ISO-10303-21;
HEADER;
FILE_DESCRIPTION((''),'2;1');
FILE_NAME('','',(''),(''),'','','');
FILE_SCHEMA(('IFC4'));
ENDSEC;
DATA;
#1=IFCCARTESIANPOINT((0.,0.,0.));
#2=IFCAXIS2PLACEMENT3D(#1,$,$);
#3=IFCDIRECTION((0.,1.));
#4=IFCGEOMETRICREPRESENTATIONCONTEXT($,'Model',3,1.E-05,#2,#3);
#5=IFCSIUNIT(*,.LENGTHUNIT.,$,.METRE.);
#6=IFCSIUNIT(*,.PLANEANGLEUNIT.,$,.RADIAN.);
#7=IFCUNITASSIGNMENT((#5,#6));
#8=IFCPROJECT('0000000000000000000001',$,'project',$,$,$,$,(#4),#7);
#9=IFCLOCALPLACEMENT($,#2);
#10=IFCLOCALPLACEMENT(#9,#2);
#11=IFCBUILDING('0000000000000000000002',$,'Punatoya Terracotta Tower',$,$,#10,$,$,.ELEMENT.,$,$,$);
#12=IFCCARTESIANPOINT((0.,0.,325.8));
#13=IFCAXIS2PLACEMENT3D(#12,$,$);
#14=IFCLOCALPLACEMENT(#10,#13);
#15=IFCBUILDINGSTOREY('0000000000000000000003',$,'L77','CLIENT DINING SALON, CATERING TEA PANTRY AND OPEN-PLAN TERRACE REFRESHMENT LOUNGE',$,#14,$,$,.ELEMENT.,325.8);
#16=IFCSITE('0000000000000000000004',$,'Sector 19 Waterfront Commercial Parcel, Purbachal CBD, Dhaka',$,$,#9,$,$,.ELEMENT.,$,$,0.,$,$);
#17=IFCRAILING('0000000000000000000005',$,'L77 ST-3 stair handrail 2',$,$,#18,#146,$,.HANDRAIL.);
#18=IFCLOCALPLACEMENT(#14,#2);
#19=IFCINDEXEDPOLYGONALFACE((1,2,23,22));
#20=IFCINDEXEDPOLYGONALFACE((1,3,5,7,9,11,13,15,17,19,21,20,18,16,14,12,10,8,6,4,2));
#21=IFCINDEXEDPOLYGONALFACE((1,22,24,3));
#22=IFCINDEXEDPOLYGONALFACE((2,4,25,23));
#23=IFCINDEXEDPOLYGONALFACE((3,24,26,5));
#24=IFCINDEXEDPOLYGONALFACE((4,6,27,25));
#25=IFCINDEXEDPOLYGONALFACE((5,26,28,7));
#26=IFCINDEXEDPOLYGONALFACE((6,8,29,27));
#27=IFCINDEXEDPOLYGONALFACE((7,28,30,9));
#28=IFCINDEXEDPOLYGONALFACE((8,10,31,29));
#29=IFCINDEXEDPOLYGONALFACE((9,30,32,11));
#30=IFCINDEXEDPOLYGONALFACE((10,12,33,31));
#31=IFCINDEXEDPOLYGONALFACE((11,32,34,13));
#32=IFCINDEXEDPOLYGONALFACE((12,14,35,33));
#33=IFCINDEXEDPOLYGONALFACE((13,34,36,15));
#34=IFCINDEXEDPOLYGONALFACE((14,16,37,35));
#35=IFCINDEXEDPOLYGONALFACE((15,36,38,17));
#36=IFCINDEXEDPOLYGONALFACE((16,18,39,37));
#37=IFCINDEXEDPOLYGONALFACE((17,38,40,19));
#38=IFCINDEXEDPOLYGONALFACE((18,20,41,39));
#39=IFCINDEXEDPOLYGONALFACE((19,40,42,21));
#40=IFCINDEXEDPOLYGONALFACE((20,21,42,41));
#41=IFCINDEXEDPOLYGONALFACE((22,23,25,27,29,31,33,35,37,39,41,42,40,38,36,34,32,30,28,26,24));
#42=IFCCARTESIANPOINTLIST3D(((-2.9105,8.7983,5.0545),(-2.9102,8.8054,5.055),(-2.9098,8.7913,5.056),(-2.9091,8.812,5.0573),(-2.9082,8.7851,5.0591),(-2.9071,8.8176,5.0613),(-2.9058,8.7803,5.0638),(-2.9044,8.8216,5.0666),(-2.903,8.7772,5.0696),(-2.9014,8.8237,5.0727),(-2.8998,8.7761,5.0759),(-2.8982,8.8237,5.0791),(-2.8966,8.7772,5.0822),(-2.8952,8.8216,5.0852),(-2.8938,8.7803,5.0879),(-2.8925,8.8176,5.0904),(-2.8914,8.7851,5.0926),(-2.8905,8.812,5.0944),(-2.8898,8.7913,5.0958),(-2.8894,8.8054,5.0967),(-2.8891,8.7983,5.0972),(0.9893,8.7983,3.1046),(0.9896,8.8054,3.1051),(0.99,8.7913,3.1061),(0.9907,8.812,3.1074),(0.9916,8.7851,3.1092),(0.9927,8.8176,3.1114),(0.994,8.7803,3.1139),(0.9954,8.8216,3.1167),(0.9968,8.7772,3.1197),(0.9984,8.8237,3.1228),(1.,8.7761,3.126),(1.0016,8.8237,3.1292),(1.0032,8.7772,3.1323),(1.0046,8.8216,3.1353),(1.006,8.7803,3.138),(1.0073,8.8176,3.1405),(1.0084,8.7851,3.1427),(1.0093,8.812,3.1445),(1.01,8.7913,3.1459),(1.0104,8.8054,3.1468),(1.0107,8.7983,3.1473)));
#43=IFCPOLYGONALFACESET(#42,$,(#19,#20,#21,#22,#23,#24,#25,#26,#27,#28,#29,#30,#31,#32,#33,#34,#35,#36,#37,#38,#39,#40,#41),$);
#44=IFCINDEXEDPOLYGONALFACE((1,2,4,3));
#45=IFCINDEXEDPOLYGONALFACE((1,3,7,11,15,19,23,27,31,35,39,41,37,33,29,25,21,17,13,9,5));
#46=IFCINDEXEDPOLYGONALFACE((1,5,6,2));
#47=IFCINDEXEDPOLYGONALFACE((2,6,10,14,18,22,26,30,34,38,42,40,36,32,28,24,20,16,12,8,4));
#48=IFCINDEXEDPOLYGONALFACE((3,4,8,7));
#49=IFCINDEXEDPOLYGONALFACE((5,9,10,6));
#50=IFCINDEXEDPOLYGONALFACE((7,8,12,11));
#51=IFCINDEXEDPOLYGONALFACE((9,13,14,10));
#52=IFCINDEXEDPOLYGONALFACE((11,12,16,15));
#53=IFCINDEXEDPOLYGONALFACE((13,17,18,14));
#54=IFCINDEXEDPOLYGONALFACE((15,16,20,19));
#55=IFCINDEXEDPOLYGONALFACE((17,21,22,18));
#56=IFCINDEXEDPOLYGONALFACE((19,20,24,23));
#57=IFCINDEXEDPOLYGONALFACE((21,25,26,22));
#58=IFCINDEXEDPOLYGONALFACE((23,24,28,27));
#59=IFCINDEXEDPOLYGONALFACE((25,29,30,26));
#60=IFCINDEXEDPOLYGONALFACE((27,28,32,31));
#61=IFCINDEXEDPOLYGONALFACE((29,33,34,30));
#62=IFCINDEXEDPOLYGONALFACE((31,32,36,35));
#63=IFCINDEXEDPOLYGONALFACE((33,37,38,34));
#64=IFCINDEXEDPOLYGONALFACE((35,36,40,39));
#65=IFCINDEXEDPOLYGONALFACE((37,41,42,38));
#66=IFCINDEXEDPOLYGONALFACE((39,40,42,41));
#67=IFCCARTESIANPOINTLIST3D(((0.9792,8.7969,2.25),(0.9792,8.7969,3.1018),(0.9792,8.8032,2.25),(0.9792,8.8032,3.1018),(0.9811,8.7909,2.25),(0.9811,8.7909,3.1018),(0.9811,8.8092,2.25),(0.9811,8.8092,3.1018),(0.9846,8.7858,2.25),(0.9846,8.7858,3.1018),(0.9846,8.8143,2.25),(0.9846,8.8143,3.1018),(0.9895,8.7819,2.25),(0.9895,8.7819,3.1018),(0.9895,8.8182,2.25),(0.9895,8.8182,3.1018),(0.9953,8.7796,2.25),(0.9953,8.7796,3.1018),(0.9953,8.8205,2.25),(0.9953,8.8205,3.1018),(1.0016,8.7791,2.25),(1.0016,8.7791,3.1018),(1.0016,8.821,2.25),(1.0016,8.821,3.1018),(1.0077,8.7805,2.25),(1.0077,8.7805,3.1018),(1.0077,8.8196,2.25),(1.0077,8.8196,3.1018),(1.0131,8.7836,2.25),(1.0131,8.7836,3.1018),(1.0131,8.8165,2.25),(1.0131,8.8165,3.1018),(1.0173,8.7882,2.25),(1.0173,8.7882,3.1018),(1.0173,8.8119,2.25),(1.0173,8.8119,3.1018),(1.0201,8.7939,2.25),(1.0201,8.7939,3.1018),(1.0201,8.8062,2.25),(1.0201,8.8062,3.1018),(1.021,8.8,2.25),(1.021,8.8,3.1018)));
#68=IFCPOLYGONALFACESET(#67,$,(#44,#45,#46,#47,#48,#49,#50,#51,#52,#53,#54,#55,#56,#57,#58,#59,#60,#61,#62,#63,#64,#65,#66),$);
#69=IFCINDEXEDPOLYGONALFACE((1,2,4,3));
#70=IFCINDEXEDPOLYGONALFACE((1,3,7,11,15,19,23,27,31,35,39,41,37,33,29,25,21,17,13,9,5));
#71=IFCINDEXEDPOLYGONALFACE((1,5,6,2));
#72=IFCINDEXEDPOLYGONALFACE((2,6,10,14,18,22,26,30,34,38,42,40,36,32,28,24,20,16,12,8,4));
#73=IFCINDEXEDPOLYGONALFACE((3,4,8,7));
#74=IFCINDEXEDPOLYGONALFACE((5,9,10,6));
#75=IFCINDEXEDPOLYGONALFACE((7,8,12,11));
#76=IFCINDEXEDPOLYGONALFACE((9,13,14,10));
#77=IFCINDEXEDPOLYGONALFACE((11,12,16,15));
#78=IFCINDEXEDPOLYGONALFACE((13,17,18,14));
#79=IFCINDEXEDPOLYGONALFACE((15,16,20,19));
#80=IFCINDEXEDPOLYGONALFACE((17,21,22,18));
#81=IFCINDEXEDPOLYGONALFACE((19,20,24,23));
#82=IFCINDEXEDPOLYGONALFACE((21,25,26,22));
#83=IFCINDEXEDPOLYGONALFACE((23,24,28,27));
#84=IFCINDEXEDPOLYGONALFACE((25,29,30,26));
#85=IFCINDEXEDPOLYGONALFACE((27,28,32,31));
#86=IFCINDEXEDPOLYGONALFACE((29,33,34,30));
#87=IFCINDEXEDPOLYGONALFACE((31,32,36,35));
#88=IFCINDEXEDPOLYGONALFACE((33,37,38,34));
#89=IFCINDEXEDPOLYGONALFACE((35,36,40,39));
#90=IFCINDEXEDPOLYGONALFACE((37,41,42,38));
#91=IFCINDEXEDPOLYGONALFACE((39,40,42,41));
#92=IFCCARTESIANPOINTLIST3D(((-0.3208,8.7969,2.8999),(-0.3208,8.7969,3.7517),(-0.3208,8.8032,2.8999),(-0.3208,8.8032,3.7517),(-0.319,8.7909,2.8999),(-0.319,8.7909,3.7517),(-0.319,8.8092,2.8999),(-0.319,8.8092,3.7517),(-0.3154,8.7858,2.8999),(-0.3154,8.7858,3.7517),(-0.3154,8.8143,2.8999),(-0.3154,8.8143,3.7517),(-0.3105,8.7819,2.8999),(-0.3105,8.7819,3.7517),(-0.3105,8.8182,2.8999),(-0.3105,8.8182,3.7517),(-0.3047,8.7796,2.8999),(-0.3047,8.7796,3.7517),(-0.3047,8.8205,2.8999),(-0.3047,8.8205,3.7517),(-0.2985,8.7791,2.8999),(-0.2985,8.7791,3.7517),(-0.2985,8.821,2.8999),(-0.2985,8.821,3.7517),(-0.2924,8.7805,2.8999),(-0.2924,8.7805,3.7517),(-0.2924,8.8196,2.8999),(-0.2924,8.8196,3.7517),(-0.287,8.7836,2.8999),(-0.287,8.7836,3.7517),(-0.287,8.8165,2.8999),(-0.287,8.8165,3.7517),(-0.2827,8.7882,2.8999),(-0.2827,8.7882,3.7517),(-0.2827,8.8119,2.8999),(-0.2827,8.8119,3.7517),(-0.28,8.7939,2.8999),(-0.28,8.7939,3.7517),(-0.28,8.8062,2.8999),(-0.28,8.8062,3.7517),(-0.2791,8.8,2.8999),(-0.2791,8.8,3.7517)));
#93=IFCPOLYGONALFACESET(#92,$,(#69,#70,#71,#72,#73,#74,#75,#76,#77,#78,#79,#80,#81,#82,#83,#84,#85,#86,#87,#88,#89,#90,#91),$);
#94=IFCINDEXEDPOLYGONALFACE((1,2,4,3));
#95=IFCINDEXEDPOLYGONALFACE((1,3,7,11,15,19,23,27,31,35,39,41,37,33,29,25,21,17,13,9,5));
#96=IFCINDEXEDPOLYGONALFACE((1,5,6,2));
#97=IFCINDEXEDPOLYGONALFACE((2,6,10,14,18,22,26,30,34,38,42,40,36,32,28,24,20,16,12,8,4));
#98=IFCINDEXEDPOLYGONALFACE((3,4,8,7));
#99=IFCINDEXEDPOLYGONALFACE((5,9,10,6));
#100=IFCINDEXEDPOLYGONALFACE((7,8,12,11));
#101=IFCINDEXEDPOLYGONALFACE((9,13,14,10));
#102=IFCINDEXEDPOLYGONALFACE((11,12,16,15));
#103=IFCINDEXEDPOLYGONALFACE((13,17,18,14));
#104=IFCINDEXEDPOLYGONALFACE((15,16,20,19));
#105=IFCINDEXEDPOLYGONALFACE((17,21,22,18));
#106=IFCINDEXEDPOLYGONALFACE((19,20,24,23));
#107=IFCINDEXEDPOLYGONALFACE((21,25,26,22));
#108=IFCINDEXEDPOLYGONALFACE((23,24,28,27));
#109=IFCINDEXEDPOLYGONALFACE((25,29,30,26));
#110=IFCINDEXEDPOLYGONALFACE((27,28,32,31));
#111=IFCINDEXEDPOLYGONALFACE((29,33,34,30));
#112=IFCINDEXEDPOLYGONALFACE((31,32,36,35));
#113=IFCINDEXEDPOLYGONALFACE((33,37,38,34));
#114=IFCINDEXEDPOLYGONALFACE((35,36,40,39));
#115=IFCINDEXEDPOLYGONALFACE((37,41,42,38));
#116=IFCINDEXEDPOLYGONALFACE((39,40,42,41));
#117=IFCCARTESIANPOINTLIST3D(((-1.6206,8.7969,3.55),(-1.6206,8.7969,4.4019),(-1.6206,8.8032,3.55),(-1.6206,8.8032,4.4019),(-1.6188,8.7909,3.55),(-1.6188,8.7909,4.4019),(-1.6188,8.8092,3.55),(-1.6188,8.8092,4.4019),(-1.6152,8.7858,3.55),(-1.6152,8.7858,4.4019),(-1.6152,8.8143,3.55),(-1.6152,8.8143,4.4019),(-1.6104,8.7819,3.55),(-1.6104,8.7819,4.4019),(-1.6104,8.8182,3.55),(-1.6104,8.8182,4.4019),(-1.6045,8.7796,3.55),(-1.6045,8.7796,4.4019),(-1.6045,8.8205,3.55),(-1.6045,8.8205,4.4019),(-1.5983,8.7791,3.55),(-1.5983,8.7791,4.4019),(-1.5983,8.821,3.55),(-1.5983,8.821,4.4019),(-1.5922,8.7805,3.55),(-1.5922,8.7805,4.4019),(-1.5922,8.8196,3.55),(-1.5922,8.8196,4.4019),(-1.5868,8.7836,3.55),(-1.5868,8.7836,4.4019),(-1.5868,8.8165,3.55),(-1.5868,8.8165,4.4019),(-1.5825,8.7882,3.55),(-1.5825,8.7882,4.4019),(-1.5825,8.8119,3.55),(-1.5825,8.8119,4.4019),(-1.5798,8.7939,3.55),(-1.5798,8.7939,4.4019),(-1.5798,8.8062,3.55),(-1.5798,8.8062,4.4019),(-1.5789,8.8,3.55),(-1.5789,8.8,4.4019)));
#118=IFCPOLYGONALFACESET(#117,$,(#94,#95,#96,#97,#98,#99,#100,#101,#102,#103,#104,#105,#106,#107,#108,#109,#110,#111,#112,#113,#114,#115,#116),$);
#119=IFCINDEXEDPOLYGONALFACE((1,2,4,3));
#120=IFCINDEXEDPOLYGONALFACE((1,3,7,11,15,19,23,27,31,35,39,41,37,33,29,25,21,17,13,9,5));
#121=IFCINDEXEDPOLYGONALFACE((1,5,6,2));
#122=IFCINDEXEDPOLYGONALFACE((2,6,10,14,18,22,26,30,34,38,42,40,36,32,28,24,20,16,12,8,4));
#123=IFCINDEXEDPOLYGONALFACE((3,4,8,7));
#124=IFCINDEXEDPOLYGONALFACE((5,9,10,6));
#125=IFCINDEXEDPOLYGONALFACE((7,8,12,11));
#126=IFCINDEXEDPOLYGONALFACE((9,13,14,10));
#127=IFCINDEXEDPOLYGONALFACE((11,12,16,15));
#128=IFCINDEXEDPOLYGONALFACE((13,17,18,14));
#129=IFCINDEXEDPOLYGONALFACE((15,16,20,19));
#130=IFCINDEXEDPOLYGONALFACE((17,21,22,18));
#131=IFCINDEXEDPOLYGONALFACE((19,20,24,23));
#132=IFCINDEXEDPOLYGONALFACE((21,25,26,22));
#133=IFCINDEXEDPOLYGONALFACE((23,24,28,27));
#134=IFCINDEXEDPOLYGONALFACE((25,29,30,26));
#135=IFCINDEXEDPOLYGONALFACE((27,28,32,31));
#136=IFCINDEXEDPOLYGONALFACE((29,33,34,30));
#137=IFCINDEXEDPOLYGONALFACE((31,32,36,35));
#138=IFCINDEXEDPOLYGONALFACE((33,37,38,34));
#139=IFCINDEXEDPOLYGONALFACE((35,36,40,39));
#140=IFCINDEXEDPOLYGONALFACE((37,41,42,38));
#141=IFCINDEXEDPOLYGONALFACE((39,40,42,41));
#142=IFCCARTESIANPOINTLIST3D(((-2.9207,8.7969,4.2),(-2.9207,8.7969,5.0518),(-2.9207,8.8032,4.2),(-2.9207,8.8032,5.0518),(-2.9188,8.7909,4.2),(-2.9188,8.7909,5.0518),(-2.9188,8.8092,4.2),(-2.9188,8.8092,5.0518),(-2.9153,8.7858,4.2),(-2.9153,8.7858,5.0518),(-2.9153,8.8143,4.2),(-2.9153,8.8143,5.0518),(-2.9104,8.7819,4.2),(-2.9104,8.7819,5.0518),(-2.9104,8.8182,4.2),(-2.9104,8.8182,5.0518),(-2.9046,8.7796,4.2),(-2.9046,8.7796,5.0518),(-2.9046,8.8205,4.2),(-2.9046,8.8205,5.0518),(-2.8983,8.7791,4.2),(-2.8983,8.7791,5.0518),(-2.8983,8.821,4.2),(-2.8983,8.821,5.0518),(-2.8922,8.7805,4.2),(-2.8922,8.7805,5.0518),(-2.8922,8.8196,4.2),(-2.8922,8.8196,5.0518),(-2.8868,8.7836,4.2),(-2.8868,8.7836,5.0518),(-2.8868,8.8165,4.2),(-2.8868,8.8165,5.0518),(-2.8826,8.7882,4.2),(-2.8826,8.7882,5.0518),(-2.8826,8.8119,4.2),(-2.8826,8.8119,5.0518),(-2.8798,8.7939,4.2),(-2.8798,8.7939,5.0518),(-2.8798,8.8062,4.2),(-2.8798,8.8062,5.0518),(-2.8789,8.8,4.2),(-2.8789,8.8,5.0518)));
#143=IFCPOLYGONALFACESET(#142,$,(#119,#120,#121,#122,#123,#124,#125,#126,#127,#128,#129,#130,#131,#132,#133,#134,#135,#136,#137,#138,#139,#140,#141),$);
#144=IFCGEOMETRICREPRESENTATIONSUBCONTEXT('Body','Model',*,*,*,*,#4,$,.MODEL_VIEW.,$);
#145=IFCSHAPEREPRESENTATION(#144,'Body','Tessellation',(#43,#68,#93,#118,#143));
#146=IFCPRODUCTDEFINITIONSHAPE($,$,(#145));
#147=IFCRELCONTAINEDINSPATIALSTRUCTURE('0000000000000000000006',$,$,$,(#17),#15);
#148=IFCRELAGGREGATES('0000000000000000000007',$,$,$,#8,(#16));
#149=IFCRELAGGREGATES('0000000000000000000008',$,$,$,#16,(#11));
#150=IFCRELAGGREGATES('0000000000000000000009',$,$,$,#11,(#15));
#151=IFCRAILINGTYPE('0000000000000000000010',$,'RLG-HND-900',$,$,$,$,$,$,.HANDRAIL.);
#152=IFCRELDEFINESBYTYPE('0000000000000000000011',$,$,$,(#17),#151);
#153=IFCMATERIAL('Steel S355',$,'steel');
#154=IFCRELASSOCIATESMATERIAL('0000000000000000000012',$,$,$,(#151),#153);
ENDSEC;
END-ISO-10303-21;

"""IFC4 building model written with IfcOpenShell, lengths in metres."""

from ifc_helpers import new_model, si_unit, direction, frame, origin, origin_2d, place, context, subcontext, project, spatial, circle, extrude, material, type_object, element, save


model = new_model("IFC4")

# Units and contexts
model_context = context("Model", 3, precision=1e-05, world=origin(), true_north=direction((0.0, 1.0)))
body_context = subcontext(model_context, "Body", "Model", "MODEL_VIEW")
ifc_project = project(units=[si_unit("LENGTHUNIT", "METRE"), si_unit("PLANEANGLEUNIT", "RADIAN")], contexts=[model_context])

# Site, building, storey
site_placement = place(None, origin())
site = spatial("IfcSite", under=ifc_project, at=site_placement, Name="Sector 19 Waterfront Commercial Parcel, Purbachal CBD, Dhaka", CompositionType="ELEMENT", RefElevation=0.0)
building_placement = place(site_placement, origin())
building = spatial("IfcBuilding", under=site, at=building_placement, Name="Punatoya Terracotta Tower", CompositionType="ELEMENT")
storey_placement = place(building_placement, frame((0.0, 0.0, 325.8)))
storey = spatial("IfcBuildingStorey", under=building, at=storey_placement, Name="L77", Description="CLIENT DINING SALON, CATERING TEA PANTRY AND OPEN-PLAN TERRACE REFRESHMENT LOUNGE", CompositionType="ELEMENT", Elevation=325.8)

# Shared definitions
ifc_material_1 = material(Name="Steel S355", Category="steel")

# Railing
railing_type_1 = type_object("IfcRailingType", Name="RLG-HND-900", PredefinedType="HANDRAIL", material=ifc_material_1)
railing_1_placement = place(storey_placement, frame((1.0, 8.8, 2.25)))
element("IfcRailing", 1, at=railing_1_placement, inside=storey, type_object=railing_type_1, Name="L77 ST-3 stair handrail 2", PredefinedType="HANDRAIL", context=body_context, shape_type="SweptSolid", body=[
    extrude(circle(Radius=0.0239, at=origin_2d()), frame((0.0, 0.0, 0.876), z_axis=(-0.894427, 0.0, 0.447214), x_axis=(0.0, -1.0, 0.0)), (0.0, 0.0, 1.0), 4.3601),
    extrude(circle(Radius=0.021, at=origin_2d()), origin(), (0.0, 0.0, 1.0), 0.8518),
    extrude(circle(Radius=0.021, at=origin_2d()), frame((-1.3, 0.0, 0.6499)), (0.0, 0.0, 1.0), 0.8518),
    extrude(circle(Radius=0.021, at=origin_2d()), frame((-2.5999, 0.0, 1.3)), (0.0, 0.0, 1.0), 0.8518),
    extrude(circle(Radius=0.021, at=origin_2d()), frame((-3.8999, 0.0, 1.95)), (0.0, 0.0, 1.0), 0.8518),
])

save(model, "model.ifc")
